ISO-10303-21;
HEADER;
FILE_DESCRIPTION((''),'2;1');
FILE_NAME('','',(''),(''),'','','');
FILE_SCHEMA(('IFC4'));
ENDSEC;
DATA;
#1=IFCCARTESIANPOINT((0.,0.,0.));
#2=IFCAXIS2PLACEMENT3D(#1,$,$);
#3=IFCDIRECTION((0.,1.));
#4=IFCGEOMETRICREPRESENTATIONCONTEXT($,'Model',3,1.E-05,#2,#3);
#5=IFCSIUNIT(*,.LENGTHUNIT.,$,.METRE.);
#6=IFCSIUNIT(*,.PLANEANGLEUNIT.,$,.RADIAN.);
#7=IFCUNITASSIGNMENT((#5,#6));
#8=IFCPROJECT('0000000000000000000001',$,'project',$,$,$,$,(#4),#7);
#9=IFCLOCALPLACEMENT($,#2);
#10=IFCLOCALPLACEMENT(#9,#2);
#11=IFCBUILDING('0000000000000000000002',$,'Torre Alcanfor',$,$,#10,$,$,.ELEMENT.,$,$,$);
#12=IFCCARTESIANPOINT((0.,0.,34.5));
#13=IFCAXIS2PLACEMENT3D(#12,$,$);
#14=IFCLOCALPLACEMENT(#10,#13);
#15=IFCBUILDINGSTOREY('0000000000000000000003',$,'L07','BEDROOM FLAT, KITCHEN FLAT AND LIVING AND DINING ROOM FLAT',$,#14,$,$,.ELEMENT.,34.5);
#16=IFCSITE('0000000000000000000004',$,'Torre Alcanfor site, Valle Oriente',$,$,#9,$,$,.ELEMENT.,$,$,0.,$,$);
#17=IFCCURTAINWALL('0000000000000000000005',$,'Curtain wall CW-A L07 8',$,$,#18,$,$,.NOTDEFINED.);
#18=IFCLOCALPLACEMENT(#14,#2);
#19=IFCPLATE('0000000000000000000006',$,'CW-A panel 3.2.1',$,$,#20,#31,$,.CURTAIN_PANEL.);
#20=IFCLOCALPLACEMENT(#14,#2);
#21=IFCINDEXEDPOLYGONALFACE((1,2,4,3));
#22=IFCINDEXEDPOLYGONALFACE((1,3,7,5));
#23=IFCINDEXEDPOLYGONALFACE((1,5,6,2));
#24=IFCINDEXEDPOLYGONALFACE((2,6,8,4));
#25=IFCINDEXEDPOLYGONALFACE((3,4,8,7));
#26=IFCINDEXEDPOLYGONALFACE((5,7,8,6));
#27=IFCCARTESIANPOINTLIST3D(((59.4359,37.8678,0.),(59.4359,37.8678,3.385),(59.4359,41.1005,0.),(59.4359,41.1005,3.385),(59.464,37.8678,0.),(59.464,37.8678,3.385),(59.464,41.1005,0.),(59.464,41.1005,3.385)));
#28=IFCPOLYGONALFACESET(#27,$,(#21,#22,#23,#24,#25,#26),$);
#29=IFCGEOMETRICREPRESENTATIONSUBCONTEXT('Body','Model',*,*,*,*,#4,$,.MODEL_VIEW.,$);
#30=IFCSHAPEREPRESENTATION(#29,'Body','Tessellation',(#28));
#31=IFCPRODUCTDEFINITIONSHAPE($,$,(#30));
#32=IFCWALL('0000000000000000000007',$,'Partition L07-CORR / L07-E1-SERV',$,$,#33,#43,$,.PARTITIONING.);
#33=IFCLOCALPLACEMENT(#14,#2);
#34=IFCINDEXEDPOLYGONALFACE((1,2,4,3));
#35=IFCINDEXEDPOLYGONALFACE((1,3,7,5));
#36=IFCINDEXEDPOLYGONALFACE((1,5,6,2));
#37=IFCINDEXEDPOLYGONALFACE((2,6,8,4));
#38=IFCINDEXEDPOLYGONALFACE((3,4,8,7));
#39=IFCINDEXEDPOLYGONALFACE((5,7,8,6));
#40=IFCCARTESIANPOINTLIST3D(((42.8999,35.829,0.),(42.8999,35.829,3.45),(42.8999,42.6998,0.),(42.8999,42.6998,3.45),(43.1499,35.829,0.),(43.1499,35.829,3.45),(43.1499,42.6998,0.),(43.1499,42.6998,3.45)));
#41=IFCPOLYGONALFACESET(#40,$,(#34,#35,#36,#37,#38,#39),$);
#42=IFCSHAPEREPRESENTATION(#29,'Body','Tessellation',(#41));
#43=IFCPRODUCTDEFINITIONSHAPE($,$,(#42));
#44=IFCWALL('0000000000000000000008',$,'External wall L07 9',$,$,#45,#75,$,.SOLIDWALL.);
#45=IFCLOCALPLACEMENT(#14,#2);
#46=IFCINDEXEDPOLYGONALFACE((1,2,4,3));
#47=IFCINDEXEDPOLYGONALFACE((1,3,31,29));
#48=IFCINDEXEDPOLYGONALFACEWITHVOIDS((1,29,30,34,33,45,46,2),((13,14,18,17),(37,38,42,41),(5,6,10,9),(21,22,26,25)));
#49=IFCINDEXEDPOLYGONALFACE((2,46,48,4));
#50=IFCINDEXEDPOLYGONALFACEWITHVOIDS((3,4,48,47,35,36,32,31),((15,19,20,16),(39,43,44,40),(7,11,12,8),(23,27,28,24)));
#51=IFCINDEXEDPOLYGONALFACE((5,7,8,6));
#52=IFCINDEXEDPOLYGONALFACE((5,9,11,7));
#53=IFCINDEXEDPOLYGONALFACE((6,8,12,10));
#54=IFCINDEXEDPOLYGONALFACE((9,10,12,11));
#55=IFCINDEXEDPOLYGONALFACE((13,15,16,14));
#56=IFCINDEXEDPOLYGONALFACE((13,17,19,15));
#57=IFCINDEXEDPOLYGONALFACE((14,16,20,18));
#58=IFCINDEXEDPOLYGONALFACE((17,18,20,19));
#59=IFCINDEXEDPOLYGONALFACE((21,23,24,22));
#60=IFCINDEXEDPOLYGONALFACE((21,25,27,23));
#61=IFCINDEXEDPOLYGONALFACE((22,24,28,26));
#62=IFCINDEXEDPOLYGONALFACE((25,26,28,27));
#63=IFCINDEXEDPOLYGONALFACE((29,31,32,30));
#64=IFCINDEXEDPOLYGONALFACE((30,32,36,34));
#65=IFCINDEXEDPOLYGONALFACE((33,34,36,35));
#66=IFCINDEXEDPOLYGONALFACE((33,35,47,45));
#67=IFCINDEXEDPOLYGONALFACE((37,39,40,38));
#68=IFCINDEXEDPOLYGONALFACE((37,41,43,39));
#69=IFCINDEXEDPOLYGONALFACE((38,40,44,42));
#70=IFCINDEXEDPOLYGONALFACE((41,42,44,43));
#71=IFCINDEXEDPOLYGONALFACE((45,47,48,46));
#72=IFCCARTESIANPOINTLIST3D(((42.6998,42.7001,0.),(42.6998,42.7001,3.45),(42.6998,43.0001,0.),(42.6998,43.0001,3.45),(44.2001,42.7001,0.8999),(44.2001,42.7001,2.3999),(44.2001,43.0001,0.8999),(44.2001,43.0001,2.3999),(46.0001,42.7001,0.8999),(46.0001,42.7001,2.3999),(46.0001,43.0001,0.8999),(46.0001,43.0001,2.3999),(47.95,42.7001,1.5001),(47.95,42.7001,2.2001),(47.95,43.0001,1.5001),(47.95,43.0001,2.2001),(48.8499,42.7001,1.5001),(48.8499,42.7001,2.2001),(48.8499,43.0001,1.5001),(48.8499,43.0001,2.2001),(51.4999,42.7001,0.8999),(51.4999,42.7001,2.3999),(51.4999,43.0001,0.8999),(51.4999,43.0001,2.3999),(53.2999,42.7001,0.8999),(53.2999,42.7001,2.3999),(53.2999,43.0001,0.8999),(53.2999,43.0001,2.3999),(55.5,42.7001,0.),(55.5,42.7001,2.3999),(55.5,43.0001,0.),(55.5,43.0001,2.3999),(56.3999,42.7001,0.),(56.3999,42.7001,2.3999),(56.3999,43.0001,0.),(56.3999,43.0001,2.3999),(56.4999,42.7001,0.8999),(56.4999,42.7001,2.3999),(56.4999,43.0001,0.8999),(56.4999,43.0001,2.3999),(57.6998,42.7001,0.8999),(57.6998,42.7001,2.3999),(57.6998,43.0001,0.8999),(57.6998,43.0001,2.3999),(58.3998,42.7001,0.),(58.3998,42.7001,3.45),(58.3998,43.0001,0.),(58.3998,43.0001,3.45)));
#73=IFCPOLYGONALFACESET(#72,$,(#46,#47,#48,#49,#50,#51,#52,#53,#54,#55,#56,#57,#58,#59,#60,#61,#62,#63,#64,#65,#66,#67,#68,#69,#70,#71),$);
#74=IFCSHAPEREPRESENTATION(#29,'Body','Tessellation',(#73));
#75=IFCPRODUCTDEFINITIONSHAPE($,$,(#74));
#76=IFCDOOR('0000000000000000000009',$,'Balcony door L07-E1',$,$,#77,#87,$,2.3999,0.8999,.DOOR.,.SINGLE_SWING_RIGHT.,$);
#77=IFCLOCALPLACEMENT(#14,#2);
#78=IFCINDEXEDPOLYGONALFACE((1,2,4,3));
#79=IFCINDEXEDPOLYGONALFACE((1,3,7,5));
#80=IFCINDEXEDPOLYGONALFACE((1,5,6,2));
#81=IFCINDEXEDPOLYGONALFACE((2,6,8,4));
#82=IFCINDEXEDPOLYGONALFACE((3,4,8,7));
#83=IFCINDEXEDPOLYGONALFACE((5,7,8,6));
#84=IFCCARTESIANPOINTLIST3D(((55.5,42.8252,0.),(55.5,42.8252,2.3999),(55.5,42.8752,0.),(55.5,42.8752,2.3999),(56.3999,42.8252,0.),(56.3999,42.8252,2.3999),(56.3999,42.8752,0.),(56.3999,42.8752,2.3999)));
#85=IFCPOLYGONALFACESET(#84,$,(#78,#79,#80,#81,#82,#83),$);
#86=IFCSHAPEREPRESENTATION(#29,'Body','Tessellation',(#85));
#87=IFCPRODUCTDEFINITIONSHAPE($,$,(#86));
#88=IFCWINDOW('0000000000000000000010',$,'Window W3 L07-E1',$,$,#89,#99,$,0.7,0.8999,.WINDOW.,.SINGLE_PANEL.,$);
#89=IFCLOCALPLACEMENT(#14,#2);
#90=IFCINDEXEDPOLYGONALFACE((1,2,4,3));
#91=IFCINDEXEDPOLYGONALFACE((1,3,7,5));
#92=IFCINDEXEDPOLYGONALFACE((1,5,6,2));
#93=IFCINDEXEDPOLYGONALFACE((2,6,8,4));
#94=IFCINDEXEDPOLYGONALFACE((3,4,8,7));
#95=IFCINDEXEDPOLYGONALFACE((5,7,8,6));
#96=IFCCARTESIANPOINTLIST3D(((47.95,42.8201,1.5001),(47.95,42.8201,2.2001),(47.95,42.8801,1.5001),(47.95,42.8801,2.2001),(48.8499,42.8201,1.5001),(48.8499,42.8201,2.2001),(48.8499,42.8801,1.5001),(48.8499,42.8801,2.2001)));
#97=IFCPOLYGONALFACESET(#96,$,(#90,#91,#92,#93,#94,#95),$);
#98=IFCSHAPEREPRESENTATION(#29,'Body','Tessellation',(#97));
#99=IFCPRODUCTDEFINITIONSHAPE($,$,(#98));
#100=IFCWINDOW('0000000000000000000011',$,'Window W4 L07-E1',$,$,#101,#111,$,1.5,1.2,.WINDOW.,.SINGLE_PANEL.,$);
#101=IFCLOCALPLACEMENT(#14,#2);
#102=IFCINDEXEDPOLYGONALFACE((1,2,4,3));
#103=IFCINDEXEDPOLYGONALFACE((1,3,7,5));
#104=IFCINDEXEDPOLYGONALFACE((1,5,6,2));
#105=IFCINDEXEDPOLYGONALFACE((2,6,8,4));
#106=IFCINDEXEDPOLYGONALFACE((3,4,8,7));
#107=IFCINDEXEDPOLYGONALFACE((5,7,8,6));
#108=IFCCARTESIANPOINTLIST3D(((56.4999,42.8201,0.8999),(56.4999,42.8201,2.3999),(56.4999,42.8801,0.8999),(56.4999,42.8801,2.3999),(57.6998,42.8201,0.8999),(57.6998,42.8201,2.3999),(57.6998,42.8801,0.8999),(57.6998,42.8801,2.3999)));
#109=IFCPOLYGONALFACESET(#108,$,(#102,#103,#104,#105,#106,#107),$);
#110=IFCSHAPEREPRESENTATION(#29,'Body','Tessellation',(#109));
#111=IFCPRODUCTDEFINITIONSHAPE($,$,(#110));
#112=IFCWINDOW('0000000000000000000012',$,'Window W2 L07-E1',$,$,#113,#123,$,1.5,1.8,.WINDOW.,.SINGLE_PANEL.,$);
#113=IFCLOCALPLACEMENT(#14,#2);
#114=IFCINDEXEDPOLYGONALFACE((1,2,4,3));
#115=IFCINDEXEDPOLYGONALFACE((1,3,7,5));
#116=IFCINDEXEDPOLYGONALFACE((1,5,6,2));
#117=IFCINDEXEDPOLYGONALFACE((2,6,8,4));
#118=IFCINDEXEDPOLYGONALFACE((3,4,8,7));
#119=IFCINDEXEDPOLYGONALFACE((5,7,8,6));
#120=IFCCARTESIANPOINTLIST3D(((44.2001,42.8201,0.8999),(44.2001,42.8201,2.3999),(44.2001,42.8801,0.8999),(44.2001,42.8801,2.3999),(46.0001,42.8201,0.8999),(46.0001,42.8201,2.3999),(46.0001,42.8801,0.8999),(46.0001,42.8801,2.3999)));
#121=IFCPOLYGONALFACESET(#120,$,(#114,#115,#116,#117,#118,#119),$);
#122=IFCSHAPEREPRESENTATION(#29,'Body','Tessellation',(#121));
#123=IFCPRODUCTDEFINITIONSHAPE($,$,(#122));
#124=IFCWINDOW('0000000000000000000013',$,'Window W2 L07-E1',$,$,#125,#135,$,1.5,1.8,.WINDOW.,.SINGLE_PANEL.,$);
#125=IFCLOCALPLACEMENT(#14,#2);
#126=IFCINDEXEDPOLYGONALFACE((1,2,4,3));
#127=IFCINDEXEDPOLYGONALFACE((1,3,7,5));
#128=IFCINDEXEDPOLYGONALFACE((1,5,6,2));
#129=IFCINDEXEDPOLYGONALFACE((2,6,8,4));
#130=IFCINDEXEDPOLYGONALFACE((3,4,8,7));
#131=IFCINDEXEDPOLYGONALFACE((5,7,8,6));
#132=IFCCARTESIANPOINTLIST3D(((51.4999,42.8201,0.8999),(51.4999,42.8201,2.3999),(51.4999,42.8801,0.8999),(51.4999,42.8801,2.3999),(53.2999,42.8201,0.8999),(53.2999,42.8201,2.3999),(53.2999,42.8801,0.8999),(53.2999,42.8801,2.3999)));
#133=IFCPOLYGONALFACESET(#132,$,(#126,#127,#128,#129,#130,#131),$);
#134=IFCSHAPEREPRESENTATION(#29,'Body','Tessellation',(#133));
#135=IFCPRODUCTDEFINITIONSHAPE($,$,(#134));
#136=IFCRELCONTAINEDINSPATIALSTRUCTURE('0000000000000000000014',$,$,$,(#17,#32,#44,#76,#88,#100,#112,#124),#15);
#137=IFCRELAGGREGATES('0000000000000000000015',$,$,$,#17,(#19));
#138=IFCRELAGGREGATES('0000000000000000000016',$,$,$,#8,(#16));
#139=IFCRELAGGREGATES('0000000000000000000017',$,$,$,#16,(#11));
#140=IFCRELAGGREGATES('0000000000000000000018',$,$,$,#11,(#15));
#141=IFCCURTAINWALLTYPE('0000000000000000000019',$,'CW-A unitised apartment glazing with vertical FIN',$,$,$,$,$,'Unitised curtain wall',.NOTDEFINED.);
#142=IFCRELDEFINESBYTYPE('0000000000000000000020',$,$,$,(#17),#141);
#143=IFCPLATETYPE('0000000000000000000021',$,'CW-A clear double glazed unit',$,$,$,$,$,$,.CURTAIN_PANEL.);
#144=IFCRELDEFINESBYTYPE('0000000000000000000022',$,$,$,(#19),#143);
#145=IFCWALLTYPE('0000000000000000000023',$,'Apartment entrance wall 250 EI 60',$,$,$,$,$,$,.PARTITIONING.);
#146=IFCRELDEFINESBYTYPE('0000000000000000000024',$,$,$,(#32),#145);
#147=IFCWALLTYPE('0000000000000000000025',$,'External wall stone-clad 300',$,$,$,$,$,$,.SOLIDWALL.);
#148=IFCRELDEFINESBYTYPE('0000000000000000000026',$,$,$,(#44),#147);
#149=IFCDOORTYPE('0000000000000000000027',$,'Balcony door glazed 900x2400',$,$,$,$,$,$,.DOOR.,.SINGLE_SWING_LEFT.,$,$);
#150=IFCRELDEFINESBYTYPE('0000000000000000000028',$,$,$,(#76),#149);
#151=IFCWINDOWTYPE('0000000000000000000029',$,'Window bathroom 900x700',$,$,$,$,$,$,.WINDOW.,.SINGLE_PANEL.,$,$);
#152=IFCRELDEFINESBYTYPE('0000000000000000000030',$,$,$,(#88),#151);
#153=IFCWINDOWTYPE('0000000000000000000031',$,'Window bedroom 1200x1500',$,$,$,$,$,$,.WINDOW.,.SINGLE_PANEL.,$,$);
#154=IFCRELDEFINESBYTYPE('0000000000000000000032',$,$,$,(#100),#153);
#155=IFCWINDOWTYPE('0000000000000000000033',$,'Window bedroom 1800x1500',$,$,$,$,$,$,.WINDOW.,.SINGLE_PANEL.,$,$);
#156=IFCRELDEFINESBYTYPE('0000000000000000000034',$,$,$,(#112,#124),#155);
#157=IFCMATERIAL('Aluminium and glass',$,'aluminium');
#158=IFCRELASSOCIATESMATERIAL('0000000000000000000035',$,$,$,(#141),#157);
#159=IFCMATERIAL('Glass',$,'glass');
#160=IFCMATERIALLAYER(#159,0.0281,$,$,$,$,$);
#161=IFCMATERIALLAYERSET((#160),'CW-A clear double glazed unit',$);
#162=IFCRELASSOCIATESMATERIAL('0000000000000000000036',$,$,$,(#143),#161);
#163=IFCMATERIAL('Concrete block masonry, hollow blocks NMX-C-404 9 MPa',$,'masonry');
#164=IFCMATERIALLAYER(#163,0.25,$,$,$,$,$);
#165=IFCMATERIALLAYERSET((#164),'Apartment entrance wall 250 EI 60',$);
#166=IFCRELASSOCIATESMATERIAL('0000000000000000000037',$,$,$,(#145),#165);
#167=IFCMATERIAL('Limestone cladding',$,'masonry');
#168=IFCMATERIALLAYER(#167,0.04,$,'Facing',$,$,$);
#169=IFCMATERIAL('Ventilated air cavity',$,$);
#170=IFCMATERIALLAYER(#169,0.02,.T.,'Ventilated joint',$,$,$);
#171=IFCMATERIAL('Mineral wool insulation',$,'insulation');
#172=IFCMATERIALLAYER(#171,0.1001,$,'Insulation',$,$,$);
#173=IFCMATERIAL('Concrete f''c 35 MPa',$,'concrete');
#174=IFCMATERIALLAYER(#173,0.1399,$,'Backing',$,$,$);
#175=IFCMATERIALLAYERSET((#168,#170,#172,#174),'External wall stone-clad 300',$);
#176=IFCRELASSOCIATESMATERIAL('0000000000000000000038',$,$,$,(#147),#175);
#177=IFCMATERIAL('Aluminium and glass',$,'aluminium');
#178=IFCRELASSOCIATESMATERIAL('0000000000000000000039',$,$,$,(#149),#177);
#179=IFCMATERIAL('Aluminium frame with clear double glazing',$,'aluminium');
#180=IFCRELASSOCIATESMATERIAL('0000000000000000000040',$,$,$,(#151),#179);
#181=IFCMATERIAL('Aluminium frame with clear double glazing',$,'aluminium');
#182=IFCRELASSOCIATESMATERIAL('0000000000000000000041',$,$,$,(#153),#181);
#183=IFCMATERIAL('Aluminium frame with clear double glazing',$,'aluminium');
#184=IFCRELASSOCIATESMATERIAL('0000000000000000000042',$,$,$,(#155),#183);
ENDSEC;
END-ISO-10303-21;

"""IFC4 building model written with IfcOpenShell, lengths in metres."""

from ifc_helpers import new_model, si_unit, direction, frame, frame_2d, origin, origin_2d, place, context, subcontext, project, spatial, rectangle, extrude, material, layer, layer_set, type_object, element, fill, aggregate, save


model = new_model("IFC4")

# Units and contexts
model_context = context("Model", 3, precision=1e-05, world=origin(), true_north=direction((0.0, 1.0)))
body_context = subcontext(model_context, "Body", "Model", "MODEL_VIEW")
ifc_project = project(units=[si_unit("LENGTHUNIT", "METRE"), si_unit("PLANEANGLEUNIT", "RADIAN")], contexts=[model_context])

# Site, building, storey
site_placement = place(None, origin())
site = spatial("IfcSite", under=ifc_project, at=site_placement, Name="Torre Alcanfor site, Valle Oriente", CompositionType="ELEMENT", RefElevation=0.0)
building_placement = place(site_placement, origin())
building = spatial("IfcBuilding", under=site, at=building_placement, Name="Torre Alcanfor", CompositionType="ELEMENT")
storey_placement = place(building_placement, frame((0.0, 0.0, 34.5)))
storey = spatial("IfcBuildingStorey", under=building, at=storey_placement, Name="L07", Description="BEDROOM FLAT, KITCHEN FLAT AND LIVING AND DINING ROOM FLAT", CompositionType="ELEMENT", Elevation=34.5)

# Curtain wall
ifc_material_1 = material(Name="Aluminium and glass", Category="aluminium")
curtain_wall_type = type_object("IfcCurtainWallType", Name="CW-A unitised apartment glazing with vertical FIN", ElementType="Unitised curtain wall", PredefinedType="NOTDEFINED", material=ifc_material_1)
curtain_wall_placement = place(storey_placement, origin())
curtain_wall = element("IfcCurtainWall", 1, at=curtain_wall_placement, inside=storey, type_object=curtain_wall_type, Name="Curtain wall CW-A L07 8", PredefinedType="NOTDEFINED")

# Plate
ifc_material_2 = material(Name="Glass", Category="glass")
ifc_layer_1 = layer(ifc_material_2, 0.0281)
ifc_layer_set_1 = layer_set([ifc_layer_1], Name="CW-A clear double glazed unit")
plate_type = type_object("IfcPlateType", Name="CW-A clear double glazed unit", PredefinedType="CURTAIN_PANEL", material=ifc_layer_set_1)
plate_placement = place(storey_placement, frame((59.45, 39.4841, 0.0), z_axis=(0.0, 0.0, 1.0), x_axis=(0.0, 1.0, 0.0)))
plate = element("IfcPlate", 2, at=plate_placement, type_object=plate_type, Name="CW-A panel 3.2.1", PredefinedType="CURTAIN_PANEL", context=body_context, shape_type="SweptSolid", body=[
    extrude(rectangle(XDim=3.2327, YDim=0.0281, at=origin_2d()), origin(), (0.0, 0.0, 1.0), 3.385),
])
aggregate(curtain_wall, [plate])

# Wall
ifc_material_3 = material(Name="Concrete block masonry, hollow blocks NMX-C-404 9 MPa", Category="masonry")
ifc_layer_2 = layer(ifc_material_3, 0.25)
ifc_layer_set_2 = layer_set([ifc_layer_2], Name="Apartment entrance wall 250 EI 60")
wall_type_1 = type_object("IfcWallType", Name="Apartment entrance wall 250 EI 60", PredefinedType="PARTITIONING", material=ifc_layer_set_2)
wall_1_placement = place(storey_placement, frame((43.0249, 42.7, 0.0), z_axis=(0.0, 0.0, 1.0), x_axis=(0.0, -1.0, 0.0)))
element("IfcWall", 3, at=wall_1_placement, inside=storey, type_object=wall_type_1, Name="Partition L07-CORR / L07-E1-SERV", PredefinedType="PARTITIONING", context=body_context, shape_type="SweptSolid", body=[
    extrude(rectangle(XDim=6.8708, YDim=0.25, at=frame_2d((3.4355, 0.0))), origin(), (0.0, 0.0, 1.0), 3.45),
])

# Wall, openings, door, windows
ifc_material_4 = material(Name="Limestone cladding", Category="masonry")
ifc_layer_3 = layer(ifc_material_4, 0.04, Name="Facing")
ifc_material_5 = material(Name="Ventilated air cavity")
ifc_layer_4 = layer(ifc_material_5, 0.02, ventilated=True, Name="Ventilated joint")
ifc_material_6 = material(Name="Mineral wool insulation", Category="insulation")
ifc_layer_5 = layer(ifc_material_6, 0.1001, Name="Insulation")
ifc_material_7 = material(Name="Concrete f'c 35 MPa", Category="concrete")
ifc_layer_6 = layer(ifc_material_7, 0.1399, Name="Backing")
ifc_layer_set_3 = layer_set([ifc_layer_3, ifc_layer_4, ifc_layer_5, ifc_layer_6], Name="External wall stone-clad 300")
wall_type_2 = type_object("IfcWallType", Name="External wall stone-clad 300", PredefinedType="SOLIDWALL", material=ifc_layer_set_3)
wall_2_placement = place(storey_placement, frame((58.3999, 42.8501, 0.0), z_axis=(0.0, 0.0, 1.0), x_axis=(-1.0, 0.0, 0.0)))
wall_2 = element("IfcWall", 4, at=wall_2_placement, inside=storey, type_object=wall_type_2, Name="External wall L07 9", PredefinedType="SOLIDWALL", context=body_context, shape_type="SweptSolid", body=[
    extrude(rectangle(XDim=15.7, YDim=0.3, at=frame_2d((7.8501, 0.0))), origin(), (0.0, 0.0, 1.0), 3.45),
])
opening_1_placement = place(wall_2_placement, frame((12.3999, 0.0, 0.8999)))
opening_1 = element("IfcOpeningElement", 5, at=opening_1_placement, cuts=wall_2, PredefinedType="OPENING", context=body_context, shape_type="SweptSolid", body=[
    extrude(rectangle(XDim=1.8, YDim=1.5, at=frame_2d((0.8999, 0.75))), frame((0.0, 0.1599, 0.0), z_axis=(0.0, -1.0, 0.0), x_axis=(1.0, 0.0, 0.0)), (0.0, 0.0, 1.0), 0.3201),
])
opening_2_placement = place(wall_2_placement, frame((9.55, 0.0, 1.5)))
opening_2 = element("IfcOpeningElement", 6, at=opening_2_placement, cuts=wall_2, PredefinedType="OPENING", context=body_context, shape_type="SweptSolid", body=[
    extrude(rectangle(XDim=0.8999, YDim=0.7, at=frame_2d((0.45, 0.3501))), frame((0.0, 0.1599, 0.0), z_axis=(0.0, -1.0, 0.0), x_axis=(1.0, 0.0, 0.0)), (0.0, 0.0, 1.0), 0.3201),
])
opening_3_placement = place(wall_2_placement, frame((5.1001, 0.0, 0.8999)))
opening_3 = element("IfcOpeningElement", 7, at=opening_3_placement, cuts=wall_2, PredefinedType="OPENING", context=body_context, shape_type="SweptSolid", body=[
    extrude(rectangle(XDim=1.8, YDim=1.5, at=frame_2d((0.8999, 0.75))), frame((0.0, 0.1599, 0.0), z_axis=(0.0, -1.0, 0.0), x_axis=(1.0, 0.0, 0.0)), (0.0, 0.0, 1.0), 0.3201),
])
opening_4_placement = place(wall_2_placement, frame((2.0, 0.0, 0.0)))
opening_4 = element("IfcOpeningElement", 8, at=opening_4_placement, cuts=wall_2, PredefinedType="OPENING", context=body_context, shape_type="SweptSolid", body=[
    extrude(rectangle(XDim=0.8999, YDim=2.3999, at=frame_2d((0.45, 1.2))), frame((0.0, 0.1599, 0.0), z_axis=(0.0, -1.0, 0.0), x_axis=(1.0, 0.0, 0.0)), (0.0, 0.0, 1.0), 0.3201),
])
opening_5_placement = place(wall_2_placement, frame((0.7, 0.0, 0.8999)))
opening_5 = element("IfcOpeningElement", 9, at=opening_5_placement, cuts=wall_2, PredefinedType="OPENING", context=body_context, shape_type="SweptSolid", body=[
    extrude(rectangle(XDim=1.2, YDim=1.5, at=frame_2d((0.6001, 0.75))), frame((0.0, 0.1599, 0.0), z_axis=(0.0, -1.0, 0.0), x_axis=(1.0, 0.0, 0.0)), (0.0, 0.0, 1.0), 0.3201),
])
ifc_material_8 = material(Name="Aluminium and glass", Category="aluminium")
door_type_1 = type_object("IfcDoorType", Name="Balcony door glazed 900x2400", OperationType="SINGLE_SWING_LEFT", PredefinedType="DOOR", material=ifc_material_8)
door_1_placement = place(opening_4_placement, origin())
door_1 = element("IfcDoor", 10, at=door_1_placement, inside=storey, type_object=door_type_1, Name="Balcony door L07-E1", OperationType="SINGLE_SWING_RIGHT", OverallHeight=2.3999, OverallWidth=0.8999, PredefinedType="DOOR", context=body_context, shape_type="SweptSolid", body=[
    extrude(rectangle(XDim=0.8999, YDim=2.3999, at=frame_2d((0.45, 1.2))), frame((0.0, 0.0249, 0.0), z_axis=(0.0, -1.0, 0.0), x_axis=(1.0, 0.0, 0.0)), (0.0, 0.0, 1.0), 0.05),
])
fill(opening_4, door_1)
ifc_material_9 = material(Name="Aluminium frame with clear double glazing", Category="aluminium")
window_type_1 = type_object("IfcWindowType", Name="Window bathroom 900x700", PartitioningType="SINGLE_PANEL", PredefinedType="WINDOW", material=ifc_material_9)
window_1_placement = place(opening_2_placement, origin())
window_1 = element("IfcWindow", 11, at=window_1_placement, inside=storey, type_object=window_type_1, Name="Window W3 L07-E1", OverallHeight=0.7, OverallWidth=0.8999, PartitioningType="SINGLE_PANEL", PredefinedType="WINDOW", context=body_context, shape_type="SweptSolid", body=[
    extrude(rectangle(XDim=0.8999, YDim=0.7, at=frame_2d((0.45, 0.3501))), frame((0.0, 0.03, 0.0), z_axis=(0.0, -1.0, 0.0), x_axis=(1.0, 0.0, 0.0)), (0.0, 0.0, 1.0), 0.0601),
])
fill(opening_2, window_1)
ifc_material_10 = material(Name="Aluminium frame with clear double glazing", Category="aluminium")
window_type_2 = type_object("IfcWindowType", Name="Window bedroom 1200x1500", PartitioningType="SINGLE_PANEL", PredefinedType="WINDOW", material=ifc_material_10)
window_2_placement = place(opening_5_placement, origin())
window_2 = element("IfcWindow", 12, at=window_2_placement, inside=storey, type_object=window_type_2, Name="Window W4 L07-E1", OverallHeight=1.5, OverallWidth=1.2, PartitioningType="SINGLE_PANEL", PredefinedType="WINDOW", context=body_context, shape_type="SweptSolid", body=[
    extrude(rectangle(XDim=1.2, YDim=1.5, at=frame_2d((0.6001, 0.75))), frame((0.0, 0.03, 0.0), z_axis=(0.0, -1.0, 0.0), x_axis=(1.0, 0.0, 0.0)), (0.0, 0.0, 1.0), 0.0601),
])
fill(opening_5, window_2)
ifc_material_11 = material(Name="Aluminium frame with clear double glazing", Category="aluminium")
window_type_3 = type_object("IfcWindowType", Name="Window bedroom 1800x1500", PartitioningType="SINGLE_PANEL", PredefinedType="WINDOW", material=ifc_material_11)
window_3_placement = place(opening_1_placement, origin())
window_3 = element("IfcWindow", 13, at=window_3_placement, inside=storey, type_object=window_type_3, Name="Window W2 L07-E1", OverallHeight=1.5, OverallWidth=1.8, PartitioningType="SINGLE_PANEL", PredefinedType="WINDOW", context=body_context, shape_type="SweptSolid", body=[
    extrude(rectangle(XDim=1.8, YDim=1.5, at=frame_2d((0.8999, 0.75))), frame((0.0, 0.03, 0.0), z_axis=(0.0, -1.0, 0.0), x_axis=(1.0, 0.0, 0.0)), (0.0, 0.0, 1.0), 0.0601),
])
fill(opening_1, window_3)
window_4_placement = place(opening_3_placement, origin())
window_4 = element("IfcWindow", 14, at=window_4_placement, inside=storey, type_object=window_type_3, Name="Window W2 L07-E1", OverallHeight=1.5, OverallWidth=1.8, PartitioningType="SINGLE_PANEL", PredefinedType="WINDOW", context=body_context, shape_type="SweptSolid", body=[
    extrude(rectangle(XDim=1.8, YDim=1.5, at=frame_2d((0.8999, 0.75))), frame((0.0, 0.03, 0.0), z_axis=(0.0, -1.0, 0.0), x_axis=(1.0, 0.0, 0.0)), (0.0, 0.0, 1.0), 0.0601),
])
fill(opening_3, window_4)

save(model, "model.ifc")
